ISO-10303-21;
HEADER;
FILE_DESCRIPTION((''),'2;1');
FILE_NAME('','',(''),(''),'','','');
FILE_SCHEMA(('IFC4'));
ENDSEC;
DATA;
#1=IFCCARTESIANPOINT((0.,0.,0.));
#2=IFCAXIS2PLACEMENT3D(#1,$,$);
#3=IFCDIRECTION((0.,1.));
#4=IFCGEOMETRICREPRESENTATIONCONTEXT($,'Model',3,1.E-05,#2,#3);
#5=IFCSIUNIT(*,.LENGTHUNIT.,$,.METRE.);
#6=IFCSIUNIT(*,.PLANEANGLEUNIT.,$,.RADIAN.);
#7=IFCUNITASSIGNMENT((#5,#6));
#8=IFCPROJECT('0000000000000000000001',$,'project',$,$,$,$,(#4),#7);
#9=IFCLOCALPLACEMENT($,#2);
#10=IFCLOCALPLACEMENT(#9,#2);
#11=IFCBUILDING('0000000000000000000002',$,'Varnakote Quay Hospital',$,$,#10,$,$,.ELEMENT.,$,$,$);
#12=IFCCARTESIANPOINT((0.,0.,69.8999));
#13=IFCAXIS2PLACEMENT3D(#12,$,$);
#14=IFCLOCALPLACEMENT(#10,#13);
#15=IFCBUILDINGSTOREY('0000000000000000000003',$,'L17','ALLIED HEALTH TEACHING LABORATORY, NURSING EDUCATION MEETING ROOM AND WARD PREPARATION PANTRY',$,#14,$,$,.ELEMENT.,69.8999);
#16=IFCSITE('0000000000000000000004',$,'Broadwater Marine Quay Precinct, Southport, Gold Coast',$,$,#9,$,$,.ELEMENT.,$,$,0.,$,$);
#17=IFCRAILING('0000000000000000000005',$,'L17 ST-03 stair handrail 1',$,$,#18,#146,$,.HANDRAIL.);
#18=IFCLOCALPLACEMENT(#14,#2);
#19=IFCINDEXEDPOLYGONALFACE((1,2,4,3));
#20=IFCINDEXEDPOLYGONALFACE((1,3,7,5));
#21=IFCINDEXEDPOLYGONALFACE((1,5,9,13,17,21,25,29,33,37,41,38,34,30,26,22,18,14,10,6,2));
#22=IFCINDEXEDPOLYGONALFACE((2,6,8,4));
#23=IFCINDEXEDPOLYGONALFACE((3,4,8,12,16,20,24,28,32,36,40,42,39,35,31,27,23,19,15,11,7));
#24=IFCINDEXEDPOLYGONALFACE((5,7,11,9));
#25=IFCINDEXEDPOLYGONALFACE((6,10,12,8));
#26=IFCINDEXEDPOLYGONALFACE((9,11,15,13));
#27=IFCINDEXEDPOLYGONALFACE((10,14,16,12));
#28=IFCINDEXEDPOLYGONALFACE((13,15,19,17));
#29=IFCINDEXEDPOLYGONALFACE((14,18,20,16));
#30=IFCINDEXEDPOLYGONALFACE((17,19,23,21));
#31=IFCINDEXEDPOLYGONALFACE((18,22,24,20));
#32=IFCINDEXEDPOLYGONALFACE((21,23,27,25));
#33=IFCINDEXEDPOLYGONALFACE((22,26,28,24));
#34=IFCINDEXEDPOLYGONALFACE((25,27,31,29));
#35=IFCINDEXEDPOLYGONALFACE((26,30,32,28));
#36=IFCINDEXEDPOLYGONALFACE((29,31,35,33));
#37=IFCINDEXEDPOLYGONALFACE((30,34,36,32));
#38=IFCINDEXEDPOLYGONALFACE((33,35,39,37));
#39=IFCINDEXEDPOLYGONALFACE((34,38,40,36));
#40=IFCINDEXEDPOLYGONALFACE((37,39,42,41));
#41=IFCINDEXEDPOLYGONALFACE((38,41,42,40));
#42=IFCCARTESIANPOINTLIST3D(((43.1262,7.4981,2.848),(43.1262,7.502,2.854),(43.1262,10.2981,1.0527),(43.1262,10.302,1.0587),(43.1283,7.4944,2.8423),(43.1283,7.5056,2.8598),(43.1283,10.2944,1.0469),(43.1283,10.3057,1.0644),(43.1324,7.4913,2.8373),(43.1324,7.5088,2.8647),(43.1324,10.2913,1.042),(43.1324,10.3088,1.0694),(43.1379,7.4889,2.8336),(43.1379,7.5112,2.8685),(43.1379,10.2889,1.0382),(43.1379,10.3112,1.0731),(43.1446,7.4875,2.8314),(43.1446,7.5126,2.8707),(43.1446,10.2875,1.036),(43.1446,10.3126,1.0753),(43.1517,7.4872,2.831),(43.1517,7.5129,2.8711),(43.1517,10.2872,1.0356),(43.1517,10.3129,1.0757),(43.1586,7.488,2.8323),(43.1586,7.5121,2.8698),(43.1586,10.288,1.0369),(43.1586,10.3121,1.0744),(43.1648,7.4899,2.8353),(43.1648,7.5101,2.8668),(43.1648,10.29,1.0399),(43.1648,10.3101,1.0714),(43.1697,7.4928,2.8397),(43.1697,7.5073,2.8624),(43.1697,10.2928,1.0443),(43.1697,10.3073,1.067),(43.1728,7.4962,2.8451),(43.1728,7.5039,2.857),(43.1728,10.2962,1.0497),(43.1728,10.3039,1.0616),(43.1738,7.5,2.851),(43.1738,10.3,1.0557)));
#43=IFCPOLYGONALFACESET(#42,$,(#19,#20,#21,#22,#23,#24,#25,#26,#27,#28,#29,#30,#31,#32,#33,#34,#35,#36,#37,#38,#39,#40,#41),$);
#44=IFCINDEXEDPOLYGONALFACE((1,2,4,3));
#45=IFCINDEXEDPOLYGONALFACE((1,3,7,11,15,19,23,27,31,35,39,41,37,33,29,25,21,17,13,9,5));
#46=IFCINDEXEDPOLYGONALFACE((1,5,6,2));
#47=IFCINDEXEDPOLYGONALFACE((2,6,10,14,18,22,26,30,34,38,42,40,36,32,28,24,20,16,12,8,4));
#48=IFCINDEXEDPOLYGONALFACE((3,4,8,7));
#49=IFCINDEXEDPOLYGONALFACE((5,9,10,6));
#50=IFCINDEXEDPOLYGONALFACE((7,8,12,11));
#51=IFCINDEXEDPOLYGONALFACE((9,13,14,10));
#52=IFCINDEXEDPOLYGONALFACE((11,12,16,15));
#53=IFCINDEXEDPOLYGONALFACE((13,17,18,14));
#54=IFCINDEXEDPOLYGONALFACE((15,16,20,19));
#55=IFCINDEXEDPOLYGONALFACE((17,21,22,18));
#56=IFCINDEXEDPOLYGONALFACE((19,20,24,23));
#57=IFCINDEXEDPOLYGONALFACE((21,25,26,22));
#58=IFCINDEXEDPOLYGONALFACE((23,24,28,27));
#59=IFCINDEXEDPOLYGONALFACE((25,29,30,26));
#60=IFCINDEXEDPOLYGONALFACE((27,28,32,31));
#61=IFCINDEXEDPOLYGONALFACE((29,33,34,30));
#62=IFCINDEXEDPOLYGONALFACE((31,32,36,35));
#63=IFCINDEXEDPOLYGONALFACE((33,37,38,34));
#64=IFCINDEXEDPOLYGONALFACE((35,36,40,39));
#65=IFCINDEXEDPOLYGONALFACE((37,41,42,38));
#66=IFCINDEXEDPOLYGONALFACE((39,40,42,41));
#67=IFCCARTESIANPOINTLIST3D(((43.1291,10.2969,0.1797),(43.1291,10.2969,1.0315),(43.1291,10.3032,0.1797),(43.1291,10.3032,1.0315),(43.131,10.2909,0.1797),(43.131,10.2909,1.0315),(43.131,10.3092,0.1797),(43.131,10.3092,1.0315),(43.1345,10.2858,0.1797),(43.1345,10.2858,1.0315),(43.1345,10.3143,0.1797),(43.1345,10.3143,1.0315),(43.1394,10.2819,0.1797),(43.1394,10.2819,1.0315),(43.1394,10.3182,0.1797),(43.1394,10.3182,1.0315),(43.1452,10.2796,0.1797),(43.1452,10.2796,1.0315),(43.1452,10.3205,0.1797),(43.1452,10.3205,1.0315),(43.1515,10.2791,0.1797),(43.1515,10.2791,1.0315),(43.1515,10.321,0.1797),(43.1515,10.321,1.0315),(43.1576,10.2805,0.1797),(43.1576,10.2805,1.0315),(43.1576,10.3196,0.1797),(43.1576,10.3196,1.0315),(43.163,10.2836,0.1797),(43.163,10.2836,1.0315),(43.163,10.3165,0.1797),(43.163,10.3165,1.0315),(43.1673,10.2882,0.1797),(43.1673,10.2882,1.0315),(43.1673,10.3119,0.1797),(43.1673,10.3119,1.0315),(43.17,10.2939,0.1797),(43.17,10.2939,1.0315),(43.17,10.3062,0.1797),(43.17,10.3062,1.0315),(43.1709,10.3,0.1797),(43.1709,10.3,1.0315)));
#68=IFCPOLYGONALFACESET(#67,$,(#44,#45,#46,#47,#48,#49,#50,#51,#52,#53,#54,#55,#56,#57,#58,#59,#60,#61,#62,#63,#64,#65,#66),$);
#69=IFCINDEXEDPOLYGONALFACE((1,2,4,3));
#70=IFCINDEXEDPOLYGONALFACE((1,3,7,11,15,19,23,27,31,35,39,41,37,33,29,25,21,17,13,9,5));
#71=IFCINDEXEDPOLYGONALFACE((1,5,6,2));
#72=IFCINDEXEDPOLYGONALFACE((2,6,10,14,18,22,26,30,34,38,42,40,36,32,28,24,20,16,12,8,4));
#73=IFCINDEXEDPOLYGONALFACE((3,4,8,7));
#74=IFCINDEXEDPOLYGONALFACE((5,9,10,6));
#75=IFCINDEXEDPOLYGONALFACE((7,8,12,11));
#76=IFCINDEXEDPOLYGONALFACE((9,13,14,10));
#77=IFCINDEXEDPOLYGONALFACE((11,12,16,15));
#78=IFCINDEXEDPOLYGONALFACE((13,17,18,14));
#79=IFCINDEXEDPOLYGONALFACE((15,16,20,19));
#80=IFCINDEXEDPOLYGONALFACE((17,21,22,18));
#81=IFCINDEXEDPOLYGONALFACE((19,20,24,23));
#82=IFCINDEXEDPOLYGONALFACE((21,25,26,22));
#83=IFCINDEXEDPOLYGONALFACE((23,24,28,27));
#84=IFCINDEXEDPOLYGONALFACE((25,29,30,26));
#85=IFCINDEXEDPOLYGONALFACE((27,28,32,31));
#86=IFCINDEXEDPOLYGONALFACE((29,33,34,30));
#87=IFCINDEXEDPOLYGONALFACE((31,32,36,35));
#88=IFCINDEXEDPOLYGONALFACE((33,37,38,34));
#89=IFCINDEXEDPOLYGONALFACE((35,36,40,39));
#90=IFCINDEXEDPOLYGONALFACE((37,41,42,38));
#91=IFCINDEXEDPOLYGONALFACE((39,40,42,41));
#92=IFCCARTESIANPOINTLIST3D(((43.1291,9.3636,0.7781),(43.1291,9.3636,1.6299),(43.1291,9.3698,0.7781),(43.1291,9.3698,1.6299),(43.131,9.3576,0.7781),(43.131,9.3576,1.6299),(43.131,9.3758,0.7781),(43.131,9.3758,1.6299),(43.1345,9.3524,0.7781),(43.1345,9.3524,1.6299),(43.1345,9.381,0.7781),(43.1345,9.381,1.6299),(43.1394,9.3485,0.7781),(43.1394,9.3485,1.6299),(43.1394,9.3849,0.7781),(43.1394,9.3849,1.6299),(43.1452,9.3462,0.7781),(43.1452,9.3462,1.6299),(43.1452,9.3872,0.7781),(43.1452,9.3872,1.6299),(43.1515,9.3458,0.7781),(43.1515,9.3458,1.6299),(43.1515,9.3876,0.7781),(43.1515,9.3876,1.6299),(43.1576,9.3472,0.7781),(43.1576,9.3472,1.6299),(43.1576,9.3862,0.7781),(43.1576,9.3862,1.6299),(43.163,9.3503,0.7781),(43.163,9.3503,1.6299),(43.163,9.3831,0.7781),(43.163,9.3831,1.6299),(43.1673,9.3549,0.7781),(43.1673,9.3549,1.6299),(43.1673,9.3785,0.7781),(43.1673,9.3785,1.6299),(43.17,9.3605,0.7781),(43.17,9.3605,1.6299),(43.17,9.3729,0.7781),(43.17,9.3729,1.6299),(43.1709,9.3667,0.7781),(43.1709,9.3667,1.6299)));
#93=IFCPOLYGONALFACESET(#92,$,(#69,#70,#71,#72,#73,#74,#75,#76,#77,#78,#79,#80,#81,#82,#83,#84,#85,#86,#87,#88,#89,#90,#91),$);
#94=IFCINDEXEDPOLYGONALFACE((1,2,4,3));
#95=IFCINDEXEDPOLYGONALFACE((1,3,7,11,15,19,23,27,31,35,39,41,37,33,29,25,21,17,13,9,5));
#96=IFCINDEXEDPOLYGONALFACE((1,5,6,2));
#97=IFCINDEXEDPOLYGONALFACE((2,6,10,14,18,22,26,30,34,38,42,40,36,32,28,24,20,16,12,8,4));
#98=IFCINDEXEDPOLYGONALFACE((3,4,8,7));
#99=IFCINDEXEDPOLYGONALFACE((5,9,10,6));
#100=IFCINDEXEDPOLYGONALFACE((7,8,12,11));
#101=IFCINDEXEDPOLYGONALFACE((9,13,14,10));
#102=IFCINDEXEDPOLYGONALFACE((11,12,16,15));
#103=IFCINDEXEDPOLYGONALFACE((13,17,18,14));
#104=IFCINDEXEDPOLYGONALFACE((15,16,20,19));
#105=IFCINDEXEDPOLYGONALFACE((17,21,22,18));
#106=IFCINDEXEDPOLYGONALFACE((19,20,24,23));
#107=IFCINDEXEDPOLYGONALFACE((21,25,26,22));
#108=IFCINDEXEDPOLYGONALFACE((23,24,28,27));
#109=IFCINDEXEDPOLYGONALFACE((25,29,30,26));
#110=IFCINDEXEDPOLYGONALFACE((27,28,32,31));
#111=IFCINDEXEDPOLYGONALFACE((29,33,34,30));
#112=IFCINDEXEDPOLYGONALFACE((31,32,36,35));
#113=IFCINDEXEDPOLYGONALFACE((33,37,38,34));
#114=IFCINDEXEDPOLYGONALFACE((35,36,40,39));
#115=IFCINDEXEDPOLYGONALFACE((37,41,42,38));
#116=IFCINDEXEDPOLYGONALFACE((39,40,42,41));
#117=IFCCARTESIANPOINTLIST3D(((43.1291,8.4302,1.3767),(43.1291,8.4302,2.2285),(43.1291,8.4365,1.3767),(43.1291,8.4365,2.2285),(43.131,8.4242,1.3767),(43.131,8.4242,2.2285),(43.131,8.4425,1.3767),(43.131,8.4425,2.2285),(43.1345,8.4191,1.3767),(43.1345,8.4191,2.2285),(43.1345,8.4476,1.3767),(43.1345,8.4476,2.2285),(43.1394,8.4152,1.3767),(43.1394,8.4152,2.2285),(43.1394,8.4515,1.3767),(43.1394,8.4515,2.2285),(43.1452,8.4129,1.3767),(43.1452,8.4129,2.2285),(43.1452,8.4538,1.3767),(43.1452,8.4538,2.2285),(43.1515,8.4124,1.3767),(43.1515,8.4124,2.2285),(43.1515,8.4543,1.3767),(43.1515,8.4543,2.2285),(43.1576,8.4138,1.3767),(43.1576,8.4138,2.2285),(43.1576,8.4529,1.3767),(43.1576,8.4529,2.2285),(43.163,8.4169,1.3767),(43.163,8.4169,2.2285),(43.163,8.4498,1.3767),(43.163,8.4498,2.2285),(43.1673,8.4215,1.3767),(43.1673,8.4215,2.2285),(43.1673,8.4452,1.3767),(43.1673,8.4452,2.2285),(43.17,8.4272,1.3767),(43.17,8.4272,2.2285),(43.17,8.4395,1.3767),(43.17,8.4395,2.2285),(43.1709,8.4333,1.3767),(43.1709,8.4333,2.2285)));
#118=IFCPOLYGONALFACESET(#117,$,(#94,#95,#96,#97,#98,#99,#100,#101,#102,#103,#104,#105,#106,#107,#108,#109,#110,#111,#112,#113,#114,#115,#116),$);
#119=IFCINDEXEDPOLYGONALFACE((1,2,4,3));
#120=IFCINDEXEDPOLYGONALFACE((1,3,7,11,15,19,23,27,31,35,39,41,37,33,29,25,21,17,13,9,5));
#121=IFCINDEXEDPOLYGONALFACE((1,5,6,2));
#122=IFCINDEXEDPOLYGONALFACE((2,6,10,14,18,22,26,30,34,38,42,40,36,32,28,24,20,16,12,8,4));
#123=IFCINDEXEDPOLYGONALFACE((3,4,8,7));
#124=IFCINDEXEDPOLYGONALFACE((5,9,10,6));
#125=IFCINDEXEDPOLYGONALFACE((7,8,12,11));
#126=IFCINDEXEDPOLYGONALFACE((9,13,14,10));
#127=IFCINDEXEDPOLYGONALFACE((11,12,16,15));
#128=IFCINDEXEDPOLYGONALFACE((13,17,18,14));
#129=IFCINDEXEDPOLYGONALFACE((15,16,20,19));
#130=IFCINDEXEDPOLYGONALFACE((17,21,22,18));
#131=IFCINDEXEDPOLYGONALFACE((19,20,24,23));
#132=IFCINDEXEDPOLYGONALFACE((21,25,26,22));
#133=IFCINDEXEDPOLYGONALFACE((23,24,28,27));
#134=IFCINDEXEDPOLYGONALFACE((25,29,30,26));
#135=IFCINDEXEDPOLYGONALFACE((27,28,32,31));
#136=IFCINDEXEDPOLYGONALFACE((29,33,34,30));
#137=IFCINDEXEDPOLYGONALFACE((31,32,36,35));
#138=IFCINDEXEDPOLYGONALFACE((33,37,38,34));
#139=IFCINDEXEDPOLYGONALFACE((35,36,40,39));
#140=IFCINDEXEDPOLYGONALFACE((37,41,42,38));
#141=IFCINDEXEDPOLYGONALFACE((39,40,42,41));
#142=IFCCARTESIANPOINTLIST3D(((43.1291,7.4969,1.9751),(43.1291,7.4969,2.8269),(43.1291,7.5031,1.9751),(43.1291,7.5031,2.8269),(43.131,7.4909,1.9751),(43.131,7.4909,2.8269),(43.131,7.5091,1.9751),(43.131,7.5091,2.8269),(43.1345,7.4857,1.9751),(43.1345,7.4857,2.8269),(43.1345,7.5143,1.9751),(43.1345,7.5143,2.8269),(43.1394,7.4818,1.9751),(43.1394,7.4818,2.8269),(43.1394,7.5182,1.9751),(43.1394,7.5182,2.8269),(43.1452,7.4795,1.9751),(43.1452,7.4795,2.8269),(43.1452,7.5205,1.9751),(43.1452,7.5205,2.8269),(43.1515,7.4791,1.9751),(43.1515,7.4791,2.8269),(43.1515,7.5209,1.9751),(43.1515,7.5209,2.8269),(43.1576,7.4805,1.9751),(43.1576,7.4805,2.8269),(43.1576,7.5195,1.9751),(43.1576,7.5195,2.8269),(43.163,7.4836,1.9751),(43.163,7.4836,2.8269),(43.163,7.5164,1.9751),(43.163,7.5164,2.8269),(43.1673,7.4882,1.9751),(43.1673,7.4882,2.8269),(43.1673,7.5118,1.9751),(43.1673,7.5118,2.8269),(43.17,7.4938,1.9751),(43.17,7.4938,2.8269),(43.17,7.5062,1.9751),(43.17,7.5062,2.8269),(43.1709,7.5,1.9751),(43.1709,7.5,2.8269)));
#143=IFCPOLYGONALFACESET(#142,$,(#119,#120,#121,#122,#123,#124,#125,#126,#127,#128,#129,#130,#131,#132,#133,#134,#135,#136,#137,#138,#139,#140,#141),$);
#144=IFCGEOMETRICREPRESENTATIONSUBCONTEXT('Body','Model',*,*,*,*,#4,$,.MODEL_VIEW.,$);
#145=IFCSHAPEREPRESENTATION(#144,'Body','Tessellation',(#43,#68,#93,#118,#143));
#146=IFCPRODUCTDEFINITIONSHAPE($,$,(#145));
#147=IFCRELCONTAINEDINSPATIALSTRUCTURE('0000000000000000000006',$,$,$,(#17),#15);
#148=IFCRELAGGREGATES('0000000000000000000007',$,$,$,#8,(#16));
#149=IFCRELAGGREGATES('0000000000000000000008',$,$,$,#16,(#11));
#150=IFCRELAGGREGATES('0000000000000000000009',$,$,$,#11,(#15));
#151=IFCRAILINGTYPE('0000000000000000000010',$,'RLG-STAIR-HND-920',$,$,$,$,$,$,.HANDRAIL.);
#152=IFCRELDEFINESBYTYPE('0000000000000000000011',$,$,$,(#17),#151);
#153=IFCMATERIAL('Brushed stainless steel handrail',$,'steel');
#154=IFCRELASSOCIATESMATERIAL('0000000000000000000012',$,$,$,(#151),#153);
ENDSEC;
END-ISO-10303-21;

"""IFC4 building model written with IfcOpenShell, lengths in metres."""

from ifc_helpers import new_model, si_unit, direction, frame, origin, origin_2d, place, context, subcontext, project, spatial, circle, extrude, material, type_object, element, save


model = new_model("IFC4")

# Units and contexts
model_context = context("Model", 3, precision=1e-05, world=origin(), true_north=direction((0.0, 1.0)))
body_context = subcontext(model_context, "Body", "Model", "MODEL_VIEW")
ifc_project = project(units=[si_unit("LENGTHUNIT", "METRE"), si_unit("PLANEANGLEUNIT", "RADIAN")], contexts=[model_context])

# Site, building, storey
site_placement = place(None, origin())
site = spatial("IfcSite", under=ifc_project, at=site_placement, Name="Broadwater Marine Quay Precinct, Southport, Gold Coast", CompositionType="ELEMENT", RefElevation=0.0)
building_placement = place(site_placement, origin())
building = spatial("IfcBuilding", under=site, at=building_placement, Name="Varnakote Quay Hospital", CompositionType="ELEMENT")
storey_placement = place(building_placement, frame((0.0, 0.0, 69.8999)))
storey = spatial("IfcBuildingStorey", under=building, at=storey_placement, Name="L17", Description="ALLIED HEALTH TEACHING LABORATORY, NURSING EDUCATION MEETING ROOM AND WARD PREPARATION PANTRY", CompositionType="ELEMENT", Elevation=69.8999)

# Railing
ifc_material_1 = material(Name="Brushed stainless steel handrail", Category="steel")
railing_type_1 = type_object("IfcRailingType", Name="RLG-STAIR-HND-920", PredefinedType="HANDRAIL", material=ifc_material_1)
railing_1_placement = place(storey_placement, frame((43.1499, 10.3, 0.1797)))
element("IfcRailing", 1, at=railing_1_placement, inside=storey, type_object=railing_type_1, Name="L17 ST-03 stair handrail 1", PredefinedType="HANDRAIL", context=body_context, shape_type="SweptSolid", body=[
    extrude(circle(Radius=0.0239, at=origin_2d()), frame((0.0, 0.0, 0.876), z_axis=(0.0, -0.84181, 0.539774), x_axis=(1.0, 0.0, 0.0)), (0.0, 0.0, 1.0), 3.3262),
    extrude(circle(Radius=0.021, at=origin_2d()), origin(), (0.0, 0.0, 1.0), 0.8518),
    extrude(circle(Radius=0.021, at=origin_2d()), frame((0.0, -0.9333, 0.5984)), (0.0, 0.0, 1.0), 0.8518),
    extrude(circle(Radius=0.021, at=origin_2d()), frame((0.0, -1.8667, 1.197)), (0.0, 0.0, 1.0), 0.8518),
    extrude(circle(Radius=0.021, at=origin_2d()), frame((0.0, -2.8, 1.7954)), (0.0, 0.0, 1.0), 0.8518),
])

save(model, "model.ifc")
